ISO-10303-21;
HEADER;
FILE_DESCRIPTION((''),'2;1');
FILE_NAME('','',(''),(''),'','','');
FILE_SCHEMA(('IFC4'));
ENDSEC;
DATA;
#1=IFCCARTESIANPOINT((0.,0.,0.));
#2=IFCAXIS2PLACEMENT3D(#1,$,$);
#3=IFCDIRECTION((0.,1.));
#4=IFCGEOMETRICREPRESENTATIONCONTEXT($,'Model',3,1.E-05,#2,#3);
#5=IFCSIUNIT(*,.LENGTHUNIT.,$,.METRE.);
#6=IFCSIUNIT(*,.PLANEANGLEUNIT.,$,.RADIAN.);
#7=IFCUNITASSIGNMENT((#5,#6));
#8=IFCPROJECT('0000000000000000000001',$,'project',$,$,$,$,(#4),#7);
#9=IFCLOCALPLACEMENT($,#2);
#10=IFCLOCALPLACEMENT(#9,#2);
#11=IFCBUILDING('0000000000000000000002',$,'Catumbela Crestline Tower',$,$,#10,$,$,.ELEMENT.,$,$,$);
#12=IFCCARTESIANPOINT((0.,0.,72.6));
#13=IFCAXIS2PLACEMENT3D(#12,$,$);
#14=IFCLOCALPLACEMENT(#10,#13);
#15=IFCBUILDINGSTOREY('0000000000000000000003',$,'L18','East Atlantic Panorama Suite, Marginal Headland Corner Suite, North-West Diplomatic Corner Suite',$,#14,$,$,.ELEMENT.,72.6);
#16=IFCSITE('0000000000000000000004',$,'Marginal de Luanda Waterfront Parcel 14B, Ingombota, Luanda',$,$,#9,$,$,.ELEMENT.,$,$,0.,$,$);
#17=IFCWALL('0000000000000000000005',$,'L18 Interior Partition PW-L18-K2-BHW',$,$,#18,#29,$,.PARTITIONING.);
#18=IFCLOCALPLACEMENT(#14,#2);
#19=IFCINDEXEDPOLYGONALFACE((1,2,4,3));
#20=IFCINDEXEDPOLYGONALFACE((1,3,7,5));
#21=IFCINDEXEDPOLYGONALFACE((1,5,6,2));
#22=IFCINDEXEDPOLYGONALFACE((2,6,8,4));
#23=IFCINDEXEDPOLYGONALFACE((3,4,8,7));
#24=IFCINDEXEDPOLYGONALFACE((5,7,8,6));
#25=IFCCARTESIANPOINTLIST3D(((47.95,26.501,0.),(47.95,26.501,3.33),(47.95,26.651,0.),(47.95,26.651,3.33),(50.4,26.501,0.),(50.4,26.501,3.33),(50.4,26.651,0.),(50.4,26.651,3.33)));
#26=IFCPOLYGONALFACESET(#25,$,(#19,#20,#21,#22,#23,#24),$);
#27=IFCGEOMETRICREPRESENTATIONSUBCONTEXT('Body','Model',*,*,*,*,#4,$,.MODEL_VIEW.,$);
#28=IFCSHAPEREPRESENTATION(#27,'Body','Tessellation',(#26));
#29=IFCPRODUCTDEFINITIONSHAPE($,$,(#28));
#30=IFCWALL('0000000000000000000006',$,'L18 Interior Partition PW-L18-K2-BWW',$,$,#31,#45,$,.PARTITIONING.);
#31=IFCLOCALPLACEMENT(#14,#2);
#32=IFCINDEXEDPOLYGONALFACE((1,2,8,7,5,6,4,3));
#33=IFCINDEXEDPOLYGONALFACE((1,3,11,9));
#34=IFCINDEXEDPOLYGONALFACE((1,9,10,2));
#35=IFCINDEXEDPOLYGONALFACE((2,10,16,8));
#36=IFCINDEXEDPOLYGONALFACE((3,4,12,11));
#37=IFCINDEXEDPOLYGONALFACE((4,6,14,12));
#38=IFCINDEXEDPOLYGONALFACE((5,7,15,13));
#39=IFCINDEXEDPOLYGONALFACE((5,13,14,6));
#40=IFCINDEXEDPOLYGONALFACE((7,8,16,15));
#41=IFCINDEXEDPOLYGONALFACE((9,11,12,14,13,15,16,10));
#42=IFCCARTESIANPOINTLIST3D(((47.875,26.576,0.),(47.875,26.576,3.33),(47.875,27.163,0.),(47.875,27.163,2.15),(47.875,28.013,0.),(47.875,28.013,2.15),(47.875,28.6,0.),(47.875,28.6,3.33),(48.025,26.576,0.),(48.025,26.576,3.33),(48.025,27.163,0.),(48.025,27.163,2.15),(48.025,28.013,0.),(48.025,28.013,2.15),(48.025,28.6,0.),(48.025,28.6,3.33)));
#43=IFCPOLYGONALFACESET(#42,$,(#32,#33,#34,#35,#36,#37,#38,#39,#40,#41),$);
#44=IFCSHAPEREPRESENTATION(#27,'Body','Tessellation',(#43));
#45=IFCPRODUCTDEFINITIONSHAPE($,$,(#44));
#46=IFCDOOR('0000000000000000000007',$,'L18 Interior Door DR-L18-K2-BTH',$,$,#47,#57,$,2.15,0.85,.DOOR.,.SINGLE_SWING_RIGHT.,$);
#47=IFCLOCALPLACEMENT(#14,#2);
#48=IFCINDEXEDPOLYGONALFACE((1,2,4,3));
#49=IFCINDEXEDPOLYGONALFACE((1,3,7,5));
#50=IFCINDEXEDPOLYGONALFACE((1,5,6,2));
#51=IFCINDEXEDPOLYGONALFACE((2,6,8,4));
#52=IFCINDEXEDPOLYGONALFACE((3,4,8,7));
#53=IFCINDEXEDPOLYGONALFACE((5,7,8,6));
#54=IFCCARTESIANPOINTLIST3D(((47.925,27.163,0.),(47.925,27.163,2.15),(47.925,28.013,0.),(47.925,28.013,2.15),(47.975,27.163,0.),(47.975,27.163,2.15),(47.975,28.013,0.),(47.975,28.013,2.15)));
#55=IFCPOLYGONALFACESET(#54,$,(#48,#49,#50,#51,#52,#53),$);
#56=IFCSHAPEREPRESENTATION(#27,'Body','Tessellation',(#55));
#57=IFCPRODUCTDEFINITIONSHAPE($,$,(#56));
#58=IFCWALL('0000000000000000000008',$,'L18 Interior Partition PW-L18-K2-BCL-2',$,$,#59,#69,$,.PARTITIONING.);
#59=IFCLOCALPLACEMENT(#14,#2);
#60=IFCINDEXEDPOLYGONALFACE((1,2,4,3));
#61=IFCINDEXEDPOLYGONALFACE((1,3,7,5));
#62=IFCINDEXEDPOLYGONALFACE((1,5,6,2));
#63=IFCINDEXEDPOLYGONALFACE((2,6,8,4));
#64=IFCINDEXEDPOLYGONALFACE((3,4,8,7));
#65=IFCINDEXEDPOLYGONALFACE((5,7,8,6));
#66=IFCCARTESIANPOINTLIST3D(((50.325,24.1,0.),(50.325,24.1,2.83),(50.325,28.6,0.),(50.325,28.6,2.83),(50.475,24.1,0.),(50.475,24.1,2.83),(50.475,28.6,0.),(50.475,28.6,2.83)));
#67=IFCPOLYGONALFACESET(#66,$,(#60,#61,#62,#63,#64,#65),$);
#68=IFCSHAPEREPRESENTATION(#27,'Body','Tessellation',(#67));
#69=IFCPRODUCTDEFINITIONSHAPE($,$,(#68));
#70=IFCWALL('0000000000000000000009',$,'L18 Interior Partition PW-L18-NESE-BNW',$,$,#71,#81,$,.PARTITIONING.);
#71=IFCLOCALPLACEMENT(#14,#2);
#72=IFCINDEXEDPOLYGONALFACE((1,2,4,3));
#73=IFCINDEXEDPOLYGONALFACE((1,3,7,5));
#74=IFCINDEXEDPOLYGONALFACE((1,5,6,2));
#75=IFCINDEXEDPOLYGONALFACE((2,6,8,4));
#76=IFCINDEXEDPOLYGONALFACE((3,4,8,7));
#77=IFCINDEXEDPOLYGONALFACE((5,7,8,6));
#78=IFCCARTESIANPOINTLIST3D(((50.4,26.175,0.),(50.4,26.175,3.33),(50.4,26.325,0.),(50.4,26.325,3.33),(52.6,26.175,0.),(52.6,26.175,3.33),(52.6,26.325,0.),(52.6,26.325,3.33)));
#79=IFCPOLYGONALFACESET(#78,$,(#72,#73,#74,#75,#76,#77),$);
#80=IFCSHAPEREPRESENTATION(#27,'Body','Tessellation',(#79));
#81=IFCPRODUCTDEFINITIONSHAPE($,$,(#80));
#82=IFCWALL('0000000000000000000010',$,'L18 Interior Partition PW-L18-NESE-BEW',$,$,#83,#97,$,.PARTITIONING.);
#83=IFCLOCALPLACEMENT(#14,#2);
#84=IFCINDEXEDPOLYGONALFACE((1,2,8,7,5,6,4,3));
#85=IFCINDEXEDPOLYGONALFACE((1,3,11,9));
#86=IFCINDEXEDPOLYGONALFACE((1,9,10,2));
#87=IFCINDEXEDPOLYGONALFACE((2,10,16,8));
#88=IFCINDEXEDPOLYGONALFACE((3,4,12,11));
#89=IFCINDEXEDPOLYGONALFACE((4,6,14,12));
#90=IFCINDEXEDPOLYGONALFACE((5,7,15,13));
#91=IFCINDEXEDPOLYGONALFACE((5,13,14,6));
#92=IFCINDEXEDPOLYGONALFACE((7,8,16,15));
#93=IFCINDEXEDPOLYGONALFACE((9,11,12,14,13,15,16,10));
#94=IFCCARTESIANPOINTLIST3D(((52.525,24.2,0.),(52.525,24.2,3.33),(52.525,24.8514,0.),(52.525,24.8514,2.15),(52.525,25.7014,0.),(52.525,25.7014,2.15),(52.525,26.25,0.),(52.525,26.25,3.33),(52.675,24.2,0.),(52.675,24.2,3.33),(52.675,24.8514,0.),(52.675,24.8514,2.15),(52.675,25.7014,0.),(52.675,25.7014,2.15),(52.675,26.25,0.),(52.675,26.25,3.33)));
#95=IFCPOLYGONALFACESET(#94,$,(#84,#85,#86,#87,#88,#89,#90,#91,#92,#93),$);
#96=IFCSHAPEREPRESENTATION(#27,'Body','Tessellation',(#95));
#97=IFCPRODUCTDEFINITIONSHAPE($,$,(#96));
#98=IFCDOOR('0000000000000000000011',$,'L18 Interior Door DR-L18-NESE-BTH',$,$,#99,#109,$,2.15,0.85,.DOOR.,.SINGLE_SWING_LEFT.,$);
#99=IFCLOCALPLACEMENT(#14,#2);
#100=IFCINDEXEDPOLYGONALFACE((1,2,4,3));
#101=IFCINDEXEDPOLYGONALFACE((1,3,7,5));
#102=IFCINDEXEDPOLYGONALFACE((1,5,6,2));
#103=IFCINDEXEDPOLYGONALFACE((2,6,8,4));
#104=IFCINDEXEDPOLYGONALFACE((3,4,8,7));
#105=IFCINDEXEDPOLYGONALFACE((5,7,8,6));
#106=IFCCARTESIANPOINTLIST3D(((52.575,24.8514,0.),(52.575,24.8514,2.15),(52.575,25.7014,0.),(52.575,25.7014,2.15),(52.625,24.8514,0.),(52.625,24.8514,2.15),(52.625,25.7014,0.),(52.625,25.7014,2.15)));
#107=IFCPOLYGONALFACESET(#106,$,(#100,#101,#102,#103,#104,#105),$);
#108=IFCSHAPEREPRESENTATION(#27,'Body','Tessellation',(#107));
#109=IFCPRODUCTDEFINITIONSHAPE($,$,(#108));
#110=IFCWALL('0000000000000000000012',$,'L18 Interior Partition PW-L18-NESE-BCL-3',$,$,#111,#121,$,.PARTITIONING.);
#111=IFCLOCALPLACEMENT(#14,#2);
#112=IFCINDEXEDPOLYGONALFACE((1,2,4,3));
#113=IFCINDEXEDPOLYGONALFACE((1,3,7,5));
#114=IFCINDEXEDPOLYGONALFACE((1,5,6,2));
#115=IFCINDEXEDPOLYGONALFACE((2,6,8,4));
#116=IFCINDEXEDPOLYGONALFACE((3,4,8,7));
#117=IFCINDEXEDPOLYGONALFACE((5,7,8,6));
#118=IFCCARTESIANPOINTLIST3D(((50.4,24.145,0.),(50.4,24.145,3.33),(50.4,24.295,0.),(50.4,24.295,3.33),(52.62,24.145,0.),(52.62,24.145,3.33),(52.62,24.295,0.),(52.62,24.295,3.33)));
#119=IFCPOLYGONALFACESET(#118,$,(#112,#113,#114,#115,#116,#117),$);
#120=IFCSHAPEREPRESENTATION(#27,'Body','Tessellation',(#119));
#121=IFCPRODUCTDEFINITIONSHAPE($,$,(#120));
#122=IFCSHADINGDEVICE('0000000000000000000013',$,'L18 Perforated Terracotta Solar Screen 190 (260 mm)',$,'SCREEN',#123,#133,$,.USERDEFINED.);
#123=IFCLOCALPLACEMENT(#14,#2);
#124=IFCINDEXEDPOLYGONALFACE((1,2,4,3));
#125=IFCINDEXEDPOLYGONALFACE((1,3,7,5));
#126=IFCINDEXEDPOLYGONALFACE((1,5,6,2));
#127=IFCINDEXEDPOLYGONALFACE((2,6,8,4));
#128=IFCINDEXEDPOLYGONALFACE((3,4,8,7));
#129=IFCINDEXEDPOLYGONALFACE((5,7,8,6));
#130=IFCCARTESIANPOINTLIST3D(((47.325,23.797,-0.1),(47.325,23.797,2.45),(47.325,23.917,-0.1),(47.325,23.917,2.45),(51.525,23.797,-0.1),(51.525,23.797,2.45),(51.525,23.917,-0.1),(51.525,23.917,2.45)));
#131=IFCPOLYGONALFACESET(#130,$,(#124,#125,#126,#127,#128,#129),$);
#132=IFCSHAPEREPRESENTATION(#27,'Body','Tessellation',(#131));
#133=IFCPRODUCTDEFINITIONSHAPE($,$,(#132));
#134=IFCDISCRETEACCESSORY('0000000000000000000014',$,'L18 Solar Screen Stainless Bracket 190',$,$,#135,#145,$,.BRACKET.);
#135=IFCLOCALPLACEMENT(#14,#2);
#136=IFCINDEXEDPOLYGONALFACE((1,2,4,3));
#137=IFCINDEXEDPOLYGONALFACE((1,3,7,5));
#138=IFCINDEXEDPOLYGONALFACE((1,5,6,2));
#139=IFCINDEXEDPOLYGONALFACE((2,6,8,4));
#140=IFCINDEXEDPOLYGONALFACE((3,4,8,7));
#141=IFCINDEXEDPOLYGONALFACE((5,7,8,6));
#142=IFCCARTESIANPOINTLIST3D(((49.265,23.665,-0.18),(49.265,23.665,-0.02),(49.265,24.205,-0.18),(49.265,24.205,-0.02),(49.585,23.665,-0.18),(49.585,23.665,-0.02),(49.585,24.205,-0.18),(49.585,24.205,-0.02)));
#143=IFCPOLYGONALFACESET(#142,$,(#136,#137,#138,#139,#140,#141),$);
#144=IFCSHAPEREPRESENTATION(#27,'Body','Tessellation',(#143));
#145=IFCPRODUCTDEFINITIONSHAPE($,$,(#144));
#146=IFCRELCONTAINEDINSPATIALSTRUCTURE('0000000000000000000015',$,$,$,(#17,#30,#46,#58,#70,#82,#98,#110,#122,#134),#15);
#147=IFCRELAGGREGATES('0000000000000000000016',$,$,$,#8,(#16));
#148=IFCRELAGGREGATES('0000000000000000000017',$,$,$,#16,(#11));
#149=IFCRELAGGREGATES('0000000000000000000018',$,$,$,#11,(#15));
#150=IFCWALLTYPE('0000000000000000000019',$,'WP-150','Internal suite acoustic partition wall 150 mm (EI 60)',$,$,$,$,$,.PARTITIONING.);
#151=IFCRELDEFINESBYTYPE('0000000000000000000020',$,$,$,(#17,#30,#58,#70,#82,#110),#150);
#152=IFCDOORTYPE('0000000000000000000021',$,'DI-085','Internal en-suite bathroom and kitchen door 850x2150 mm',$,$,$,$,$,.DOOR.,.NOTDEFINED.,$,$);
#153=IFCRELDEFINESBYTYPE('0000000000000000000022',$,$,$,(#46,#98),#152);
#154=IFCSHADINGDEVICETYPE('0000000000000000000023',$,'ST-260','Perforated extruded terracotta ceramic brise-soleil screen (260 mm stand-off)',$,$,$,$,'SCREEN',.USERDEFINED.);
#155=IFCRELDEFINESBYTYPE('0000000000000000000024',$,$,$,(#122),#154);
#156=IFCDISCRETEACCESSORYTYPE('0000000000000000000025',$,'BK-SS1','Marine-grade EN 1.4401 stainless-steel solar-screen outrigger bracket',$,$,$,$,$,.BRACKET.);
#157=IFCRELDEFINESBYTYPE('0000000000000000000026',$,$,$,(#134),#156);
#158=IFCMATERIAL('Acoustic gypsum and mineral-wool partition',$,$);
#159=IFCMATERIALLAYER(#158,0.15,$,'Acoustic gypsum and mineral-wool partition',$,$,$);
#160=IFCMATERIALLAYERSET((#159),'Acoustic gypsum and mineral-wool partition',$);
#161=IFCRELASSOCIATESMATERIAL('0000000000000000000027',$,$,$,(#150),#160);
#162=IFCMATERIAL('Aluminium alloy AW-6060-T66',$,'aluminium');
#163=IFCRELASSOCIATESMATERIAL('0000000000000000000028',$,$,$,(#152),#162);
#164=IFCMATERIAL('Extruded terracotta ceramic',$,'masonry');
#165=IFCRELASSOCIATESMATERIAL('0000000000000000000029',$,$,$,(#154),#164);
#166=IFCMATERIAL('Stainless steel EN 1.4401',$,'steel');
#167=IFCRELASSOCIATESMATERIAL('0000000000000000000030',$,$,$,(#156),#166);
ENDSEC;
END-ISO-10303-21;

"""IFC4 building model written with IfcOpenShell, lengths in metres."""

from ifc_helpers import new_model, si_unit, direction, frame, frame_2d, origin, origin_2d, place, context, subcontext, project, spatial, rectangle, extrude, material, layer, layer_set, type_object, element, fill, save


model = new_model("IFC4")

# Units and contexts
model_context = context("Model", 3, precision=1e-05, world=origin(), true_north=direction((0.0, 1.0)))
body_context = subcontext(model_context, "Body", "Model", "MODEL_VIEW")
ifc_project = project(units=[si_unit("LENGTHUNIT", "METRE"), si_unit("PLANEANGLEUNIT", "RADIAN")], contexts=[model_context])

# Site, building, storey
site_placement = place(None, origin())
site = spatial("IfcSite", under=ifc_project, at=site_placement, Name="Marginal de Luanda Waterfront Parcel 14B, Ingombota, Luanda", CompositionType="ELEMENT", RefElevation=0.0)
building_placement = place(site_placement, origin())
building = spatial("IfcBuilding", under=site, at=building_placement, Name="Catumbela Crestline Tower", CompositionType="ELEMENT")
storey_placement = place(building_placement, frame((0.0, 0.0, 72.6)))
storey = spatial("IfcBuildingStorey", under=building, at=storey_placement, Name="L18", Description="East Atlantic Panorama Suite, Marginal Headland Corner Suite, North-West Diplomatic Corner Suite", CompositionType="ELEMENT", Elevation=72.6)

# Shared definitions
ifc_material_1 = material(Name="Aluminium alloy AW-6060-T66", Category="aluminium")

# Shared definitions
ifc_material_2 = material(Name="Acoustic gypsum and mineral-wool partition")

# Wall
ifc_layer_1 = layer(ifc_material_2, 0.15, Name="Acoustic gypsum and mineral-wool partition")
ifc_layer_set_1 = layer_set([ifc_layer_1], Name="Acoustic gypsum and mineral-wool partition")
wall_type_1 = type_object("IfcWallType", Name="WP-150", Description="Internal suite acoustic partition wall 150 mm (EI 60)", PredefinedType="PARTITIONING", material=ifc_layer_set_1)
wall_1_placement = place(storey_placement, frame((47.95, 26.576, 0.0), z_axis=(0.0, 0.0, 1.0), x_axis=(1.0, 0.0, 0.0)))
element("IfcWall", 1, at=wall_1_placement, inside=storey, type_object=wall_type_1, Name="L18 Interior Partition PW-L18-K2-BHW", PredefinedType="PARTITIONING", context=body_context, shape_type="SweptSolid", body=[
    extrude(rectangle(XDim=2.45, YDim=0.15, at=frame_2d((1.225, 0.0))), origin(), (0.0, 0.0, 1.0), 3.33),
])

# Wall, opening, door
wall_2_placement = place(storey_placement, frame((47.95, 26.576, 0.0), z_axis=(0.0, 0.0, 1.0), x_axis=(0.0, 1.0, 0.0)))
wall_2 = element("IfcWall", 2, at=wall_2_placement, inside=storey, type_object=wall_type_1, Name="L18 Interior Partition PW-L18-K2-BWW", PredefinedType="PARTITIONING", context=body_context, shape_type="SweptSolid", body=[
    extrude(rectangle(XDim=2.024, YDim=0.15, at=frame_2d((1.012, 0.0))), origin(), (0.0, 0.0, 1.0), 3.33),
])
opening_1_placement = place(wall_2_placement, frame((0.587, 0.0, 0.0)))
opening_1 = element("IfcOpeningElement", 3, at=opening_1_placement, cuts=wall_2, PredefinedType="OPENING", context=body_context, shape_type="SweptSolid", body=[
    extrude(rectangle(XDim=0.85, YDim=2.15, at=frame_2d((0.425, 1.075))), frame((0.0, 0.085, 0.0), z_axis=(0.0, -1.0, 0.0), x_axis=(1.0, 0.0, 0.0)), (0.0, 0.0, 1.0), 0.17),
])
door_type_1 = type_object("IfcDoorType", Name="DI-085", Description="Internal en-suite bathroom and kitchen door 850x2150 mm", OperationType="NOTDEFINED", PredefinedType="DOOR", material=ifc_material_1)
door_1_placement = place(opening_1_placement, origin())
door_1 = element("IfcDoor", 4, at=door_1_placement, inside=storey, type_object=door_type_1, Name="L18 Interior Door DR-L18-K2-BTH", OperationType="SINGLE_SWING_RIGHT", OverallHeight=2.15, OverallWidth=0.85, PredefinedType="DOOR", context=body_context, shape_type="SweptSolid", body=[
    extrude(rectangle(XDim=0.85, YDim=2.15, at=frame_2d((0.425, 1.075))), frame((0.0, 0.025, 0.0), z_axis=(0.0, -1.0, 0.0), x_axis=(1.0, 0.0, 0.0)), (0.0, 0.0, 1.0), 0.05),
])
fill(opening_1, door_1)

# Walls
wall_3_placement = place(storey_placement, frame((50.4, 28.6, 0.0), z_axis=(0.0, 0.0, 1.0), x_axis=(0.0, -1.0, 0.0)))
element("IfcWall", 5, at=wall_3_placement, inside=storey, type_object=wall_type_1, Name="L18 Interior Partition PW-L18-K2-BCL-2", PredefinedType="PARTITIONING", context=body_context, shape_type="SweptSolid", body=[
    extrude(rectangle(XDim=4.5, YDim=0.15, at=frame_2d((2.25, 0.0))), origin(), (0.0, 0.0, 1.0), 2.83),
])
wall_4_placement = place(storey_placement, frame((50.4, 26.25, 0.0), z_axis=(0.0, 0.0, 1.0), x_axis=(1.0, 0.0, 0.0)))
element("IfcWall", 6, at=wall_4_placement, inside=storey, type_object=wall_type_1, Name="L18 Interior Partition PW-L18-NESE-BNW", PredefinedType="PARTITIONING", context=body_context, shape_type="SweptSolid", body=[
    extrude(rectangle(XDim=2.2, YDim=0.15, at=frame_2d((1.1, 0.0))), origin(), (0.0, 0.0, 1.0), 3.33),
])

# Wall, opening, door
wall_5_placement = place(storey_placement, frame((52.6, 24.2, 0.0), z_axis=(0.0, 0.0, 1.0), x_axis=(0.0, 1.0, 0.0)))
wall_5 = element("IfcWall", 7, at=wall_5_placement, inside=storey, type_object=wall_type_1, Name="L18 Interior Partition PW-L18-NESE-BEW", PredefinedType="PARTITIONING", context=body_context, shape_type="SweptSolid", body=[
    extrude(rectangle(XDim=2.05, YDim=0.15, at=frame_2d((1.025, 0.0))), origin(), (0.0, 0.0, 1.0), 3.33),
])
opening_2_placement = place(wall_5_placement, frame((0.6514, 0.0, 0.0)))
opening_2 = element("IfcOpeningElement", 8, at=opening_2_placement, cuts=wall_5, PredefinedType="OPENING", context=body_context, shape_type="SweptSolid", body=[
    extrude(rectangle(XDim=0.85, YDim=2.15, at=frame_2d((0.425, 1.075))), frame((0.0, 0.085, 0.0), z_axis=(0.0, -1.0, 0.0), x_axis=(1.0, 0.0, 0.0)), (0.0, 0.0, 1.0), 0.17),
])
door_2_placement = place(opening_2_placement, origin())
door_2 = element("IfcDoor", 9, at=door_2_placement, inside=storey, type_object=door_type_1, Name="L18 Interior Door DR-L18-NESE-BTH", OperationType="SINGLE_SWING_LEFT", OverallHeight=2.15, OverallWidth=0.85, PredefinedType="DOOR", context=body_context, shape_type="SweptSolid", body=[
    extrude(rectangle(XDim=0.85, YDim=2.15, at=frame_2d((0.425, 1.075))), frame((0.0, 0.025, 0.0), z_axis=(0.0, -1.0, 0.0), x_axis=(1.0, 0.0, 0.0)), (0.0, 0.0, 1.0), 0.05),
])
fill(opening_2, door_2)

# Wall
wall_6_placement = place(storey_placement, frame((52.62, 24.22, 0.0), z_axis=(0.0, 0.0, 1.0), x_axis=(-1.0, 0.0, 0.0)))
element("IfcWall", 10, at=wall_6_placement, inside=storey, type_object=wall_type_1, Name="L18 Interior Partition PW-L18-NESE-BCL-3", PredefinedType="PARTITIONING", context=body_context, shape_type="SweptSolid", body=[
    extrude(rectangle(XDim=2.22, YDim=0.15, at=frame_2d((1.11, 0.0))), origin(), (0.0, 0.0, 1.0), 3.33),
])

# Shading device
ifc_material_3 = material(Name="Extruded terracotta ceramic", Category="masonry")
shading_device_type = type_object("IfcShadingDeviceType", Name="ST-260", Description="Perforated extruded terracotta ceramic brise-soleil screen (260 mm stand-off)", ElementType="SCREEN", PredefinedType="USERDEFINED", material=ifc_material_3)
shading_device_placement = place(storey_placement, frame((49.425, 23.857, -0.1), z_axis=(0.0, 0.0, 1.0), x_axis=(1.0, 0.0, 0.0)))
element("IfcShadingDevice", 11, at=shading_device_placement, inside=storey, type_object=shading_device_type, Name="L18 Perforated Terracotta Solar Screen 190 (260 mm)", ObjectType="SCREEN", PredefinedType="USERDEFINED", context=body_context, shape_type="SweptSolid", body=[
    extrude(rectangle(XDim=4.2, YDim=0.12, at=origin_2d()), origin(), (0.0, 0.0, 1.0), 2.55),
])

# Discrete accessory
ifc_material_4 = material(Name="Stainless steel EN 1.4401", Category="steel")
discrete_accessory_type = type_object("IfcDiscreteAccessoryType", Name="BK-SS1", Description="Marine-grade EN 1.4401 stainless-steel solar-screen outrigger bracket", PredefinedType="BRACKET", material=ifc_material_4)
discrete_accessory_placement = place(storey_placement, frame((49.425, 23.935, -0.18), z_axis=(0.0, 0.0, 1.0), x_axis=(1.0, 0.0, 0.0)))
element("IfcDiscreteAccessory", 12, at=discrete_accessory_placement, inside=storey, type_object=discrete_accessory_type, Name="L18 Solar Screen Stainless Bracket 190", PredefinedType="BRACKET", context=body_context, shape_type="SweptSolid", body=[
    extrude(rectangle(XDim=0.32, YDim=0.54, at=origin_2d()), origin(), (0.0, 0.0, 1.0), 0.16),
])

save(model, "model.ifc")
